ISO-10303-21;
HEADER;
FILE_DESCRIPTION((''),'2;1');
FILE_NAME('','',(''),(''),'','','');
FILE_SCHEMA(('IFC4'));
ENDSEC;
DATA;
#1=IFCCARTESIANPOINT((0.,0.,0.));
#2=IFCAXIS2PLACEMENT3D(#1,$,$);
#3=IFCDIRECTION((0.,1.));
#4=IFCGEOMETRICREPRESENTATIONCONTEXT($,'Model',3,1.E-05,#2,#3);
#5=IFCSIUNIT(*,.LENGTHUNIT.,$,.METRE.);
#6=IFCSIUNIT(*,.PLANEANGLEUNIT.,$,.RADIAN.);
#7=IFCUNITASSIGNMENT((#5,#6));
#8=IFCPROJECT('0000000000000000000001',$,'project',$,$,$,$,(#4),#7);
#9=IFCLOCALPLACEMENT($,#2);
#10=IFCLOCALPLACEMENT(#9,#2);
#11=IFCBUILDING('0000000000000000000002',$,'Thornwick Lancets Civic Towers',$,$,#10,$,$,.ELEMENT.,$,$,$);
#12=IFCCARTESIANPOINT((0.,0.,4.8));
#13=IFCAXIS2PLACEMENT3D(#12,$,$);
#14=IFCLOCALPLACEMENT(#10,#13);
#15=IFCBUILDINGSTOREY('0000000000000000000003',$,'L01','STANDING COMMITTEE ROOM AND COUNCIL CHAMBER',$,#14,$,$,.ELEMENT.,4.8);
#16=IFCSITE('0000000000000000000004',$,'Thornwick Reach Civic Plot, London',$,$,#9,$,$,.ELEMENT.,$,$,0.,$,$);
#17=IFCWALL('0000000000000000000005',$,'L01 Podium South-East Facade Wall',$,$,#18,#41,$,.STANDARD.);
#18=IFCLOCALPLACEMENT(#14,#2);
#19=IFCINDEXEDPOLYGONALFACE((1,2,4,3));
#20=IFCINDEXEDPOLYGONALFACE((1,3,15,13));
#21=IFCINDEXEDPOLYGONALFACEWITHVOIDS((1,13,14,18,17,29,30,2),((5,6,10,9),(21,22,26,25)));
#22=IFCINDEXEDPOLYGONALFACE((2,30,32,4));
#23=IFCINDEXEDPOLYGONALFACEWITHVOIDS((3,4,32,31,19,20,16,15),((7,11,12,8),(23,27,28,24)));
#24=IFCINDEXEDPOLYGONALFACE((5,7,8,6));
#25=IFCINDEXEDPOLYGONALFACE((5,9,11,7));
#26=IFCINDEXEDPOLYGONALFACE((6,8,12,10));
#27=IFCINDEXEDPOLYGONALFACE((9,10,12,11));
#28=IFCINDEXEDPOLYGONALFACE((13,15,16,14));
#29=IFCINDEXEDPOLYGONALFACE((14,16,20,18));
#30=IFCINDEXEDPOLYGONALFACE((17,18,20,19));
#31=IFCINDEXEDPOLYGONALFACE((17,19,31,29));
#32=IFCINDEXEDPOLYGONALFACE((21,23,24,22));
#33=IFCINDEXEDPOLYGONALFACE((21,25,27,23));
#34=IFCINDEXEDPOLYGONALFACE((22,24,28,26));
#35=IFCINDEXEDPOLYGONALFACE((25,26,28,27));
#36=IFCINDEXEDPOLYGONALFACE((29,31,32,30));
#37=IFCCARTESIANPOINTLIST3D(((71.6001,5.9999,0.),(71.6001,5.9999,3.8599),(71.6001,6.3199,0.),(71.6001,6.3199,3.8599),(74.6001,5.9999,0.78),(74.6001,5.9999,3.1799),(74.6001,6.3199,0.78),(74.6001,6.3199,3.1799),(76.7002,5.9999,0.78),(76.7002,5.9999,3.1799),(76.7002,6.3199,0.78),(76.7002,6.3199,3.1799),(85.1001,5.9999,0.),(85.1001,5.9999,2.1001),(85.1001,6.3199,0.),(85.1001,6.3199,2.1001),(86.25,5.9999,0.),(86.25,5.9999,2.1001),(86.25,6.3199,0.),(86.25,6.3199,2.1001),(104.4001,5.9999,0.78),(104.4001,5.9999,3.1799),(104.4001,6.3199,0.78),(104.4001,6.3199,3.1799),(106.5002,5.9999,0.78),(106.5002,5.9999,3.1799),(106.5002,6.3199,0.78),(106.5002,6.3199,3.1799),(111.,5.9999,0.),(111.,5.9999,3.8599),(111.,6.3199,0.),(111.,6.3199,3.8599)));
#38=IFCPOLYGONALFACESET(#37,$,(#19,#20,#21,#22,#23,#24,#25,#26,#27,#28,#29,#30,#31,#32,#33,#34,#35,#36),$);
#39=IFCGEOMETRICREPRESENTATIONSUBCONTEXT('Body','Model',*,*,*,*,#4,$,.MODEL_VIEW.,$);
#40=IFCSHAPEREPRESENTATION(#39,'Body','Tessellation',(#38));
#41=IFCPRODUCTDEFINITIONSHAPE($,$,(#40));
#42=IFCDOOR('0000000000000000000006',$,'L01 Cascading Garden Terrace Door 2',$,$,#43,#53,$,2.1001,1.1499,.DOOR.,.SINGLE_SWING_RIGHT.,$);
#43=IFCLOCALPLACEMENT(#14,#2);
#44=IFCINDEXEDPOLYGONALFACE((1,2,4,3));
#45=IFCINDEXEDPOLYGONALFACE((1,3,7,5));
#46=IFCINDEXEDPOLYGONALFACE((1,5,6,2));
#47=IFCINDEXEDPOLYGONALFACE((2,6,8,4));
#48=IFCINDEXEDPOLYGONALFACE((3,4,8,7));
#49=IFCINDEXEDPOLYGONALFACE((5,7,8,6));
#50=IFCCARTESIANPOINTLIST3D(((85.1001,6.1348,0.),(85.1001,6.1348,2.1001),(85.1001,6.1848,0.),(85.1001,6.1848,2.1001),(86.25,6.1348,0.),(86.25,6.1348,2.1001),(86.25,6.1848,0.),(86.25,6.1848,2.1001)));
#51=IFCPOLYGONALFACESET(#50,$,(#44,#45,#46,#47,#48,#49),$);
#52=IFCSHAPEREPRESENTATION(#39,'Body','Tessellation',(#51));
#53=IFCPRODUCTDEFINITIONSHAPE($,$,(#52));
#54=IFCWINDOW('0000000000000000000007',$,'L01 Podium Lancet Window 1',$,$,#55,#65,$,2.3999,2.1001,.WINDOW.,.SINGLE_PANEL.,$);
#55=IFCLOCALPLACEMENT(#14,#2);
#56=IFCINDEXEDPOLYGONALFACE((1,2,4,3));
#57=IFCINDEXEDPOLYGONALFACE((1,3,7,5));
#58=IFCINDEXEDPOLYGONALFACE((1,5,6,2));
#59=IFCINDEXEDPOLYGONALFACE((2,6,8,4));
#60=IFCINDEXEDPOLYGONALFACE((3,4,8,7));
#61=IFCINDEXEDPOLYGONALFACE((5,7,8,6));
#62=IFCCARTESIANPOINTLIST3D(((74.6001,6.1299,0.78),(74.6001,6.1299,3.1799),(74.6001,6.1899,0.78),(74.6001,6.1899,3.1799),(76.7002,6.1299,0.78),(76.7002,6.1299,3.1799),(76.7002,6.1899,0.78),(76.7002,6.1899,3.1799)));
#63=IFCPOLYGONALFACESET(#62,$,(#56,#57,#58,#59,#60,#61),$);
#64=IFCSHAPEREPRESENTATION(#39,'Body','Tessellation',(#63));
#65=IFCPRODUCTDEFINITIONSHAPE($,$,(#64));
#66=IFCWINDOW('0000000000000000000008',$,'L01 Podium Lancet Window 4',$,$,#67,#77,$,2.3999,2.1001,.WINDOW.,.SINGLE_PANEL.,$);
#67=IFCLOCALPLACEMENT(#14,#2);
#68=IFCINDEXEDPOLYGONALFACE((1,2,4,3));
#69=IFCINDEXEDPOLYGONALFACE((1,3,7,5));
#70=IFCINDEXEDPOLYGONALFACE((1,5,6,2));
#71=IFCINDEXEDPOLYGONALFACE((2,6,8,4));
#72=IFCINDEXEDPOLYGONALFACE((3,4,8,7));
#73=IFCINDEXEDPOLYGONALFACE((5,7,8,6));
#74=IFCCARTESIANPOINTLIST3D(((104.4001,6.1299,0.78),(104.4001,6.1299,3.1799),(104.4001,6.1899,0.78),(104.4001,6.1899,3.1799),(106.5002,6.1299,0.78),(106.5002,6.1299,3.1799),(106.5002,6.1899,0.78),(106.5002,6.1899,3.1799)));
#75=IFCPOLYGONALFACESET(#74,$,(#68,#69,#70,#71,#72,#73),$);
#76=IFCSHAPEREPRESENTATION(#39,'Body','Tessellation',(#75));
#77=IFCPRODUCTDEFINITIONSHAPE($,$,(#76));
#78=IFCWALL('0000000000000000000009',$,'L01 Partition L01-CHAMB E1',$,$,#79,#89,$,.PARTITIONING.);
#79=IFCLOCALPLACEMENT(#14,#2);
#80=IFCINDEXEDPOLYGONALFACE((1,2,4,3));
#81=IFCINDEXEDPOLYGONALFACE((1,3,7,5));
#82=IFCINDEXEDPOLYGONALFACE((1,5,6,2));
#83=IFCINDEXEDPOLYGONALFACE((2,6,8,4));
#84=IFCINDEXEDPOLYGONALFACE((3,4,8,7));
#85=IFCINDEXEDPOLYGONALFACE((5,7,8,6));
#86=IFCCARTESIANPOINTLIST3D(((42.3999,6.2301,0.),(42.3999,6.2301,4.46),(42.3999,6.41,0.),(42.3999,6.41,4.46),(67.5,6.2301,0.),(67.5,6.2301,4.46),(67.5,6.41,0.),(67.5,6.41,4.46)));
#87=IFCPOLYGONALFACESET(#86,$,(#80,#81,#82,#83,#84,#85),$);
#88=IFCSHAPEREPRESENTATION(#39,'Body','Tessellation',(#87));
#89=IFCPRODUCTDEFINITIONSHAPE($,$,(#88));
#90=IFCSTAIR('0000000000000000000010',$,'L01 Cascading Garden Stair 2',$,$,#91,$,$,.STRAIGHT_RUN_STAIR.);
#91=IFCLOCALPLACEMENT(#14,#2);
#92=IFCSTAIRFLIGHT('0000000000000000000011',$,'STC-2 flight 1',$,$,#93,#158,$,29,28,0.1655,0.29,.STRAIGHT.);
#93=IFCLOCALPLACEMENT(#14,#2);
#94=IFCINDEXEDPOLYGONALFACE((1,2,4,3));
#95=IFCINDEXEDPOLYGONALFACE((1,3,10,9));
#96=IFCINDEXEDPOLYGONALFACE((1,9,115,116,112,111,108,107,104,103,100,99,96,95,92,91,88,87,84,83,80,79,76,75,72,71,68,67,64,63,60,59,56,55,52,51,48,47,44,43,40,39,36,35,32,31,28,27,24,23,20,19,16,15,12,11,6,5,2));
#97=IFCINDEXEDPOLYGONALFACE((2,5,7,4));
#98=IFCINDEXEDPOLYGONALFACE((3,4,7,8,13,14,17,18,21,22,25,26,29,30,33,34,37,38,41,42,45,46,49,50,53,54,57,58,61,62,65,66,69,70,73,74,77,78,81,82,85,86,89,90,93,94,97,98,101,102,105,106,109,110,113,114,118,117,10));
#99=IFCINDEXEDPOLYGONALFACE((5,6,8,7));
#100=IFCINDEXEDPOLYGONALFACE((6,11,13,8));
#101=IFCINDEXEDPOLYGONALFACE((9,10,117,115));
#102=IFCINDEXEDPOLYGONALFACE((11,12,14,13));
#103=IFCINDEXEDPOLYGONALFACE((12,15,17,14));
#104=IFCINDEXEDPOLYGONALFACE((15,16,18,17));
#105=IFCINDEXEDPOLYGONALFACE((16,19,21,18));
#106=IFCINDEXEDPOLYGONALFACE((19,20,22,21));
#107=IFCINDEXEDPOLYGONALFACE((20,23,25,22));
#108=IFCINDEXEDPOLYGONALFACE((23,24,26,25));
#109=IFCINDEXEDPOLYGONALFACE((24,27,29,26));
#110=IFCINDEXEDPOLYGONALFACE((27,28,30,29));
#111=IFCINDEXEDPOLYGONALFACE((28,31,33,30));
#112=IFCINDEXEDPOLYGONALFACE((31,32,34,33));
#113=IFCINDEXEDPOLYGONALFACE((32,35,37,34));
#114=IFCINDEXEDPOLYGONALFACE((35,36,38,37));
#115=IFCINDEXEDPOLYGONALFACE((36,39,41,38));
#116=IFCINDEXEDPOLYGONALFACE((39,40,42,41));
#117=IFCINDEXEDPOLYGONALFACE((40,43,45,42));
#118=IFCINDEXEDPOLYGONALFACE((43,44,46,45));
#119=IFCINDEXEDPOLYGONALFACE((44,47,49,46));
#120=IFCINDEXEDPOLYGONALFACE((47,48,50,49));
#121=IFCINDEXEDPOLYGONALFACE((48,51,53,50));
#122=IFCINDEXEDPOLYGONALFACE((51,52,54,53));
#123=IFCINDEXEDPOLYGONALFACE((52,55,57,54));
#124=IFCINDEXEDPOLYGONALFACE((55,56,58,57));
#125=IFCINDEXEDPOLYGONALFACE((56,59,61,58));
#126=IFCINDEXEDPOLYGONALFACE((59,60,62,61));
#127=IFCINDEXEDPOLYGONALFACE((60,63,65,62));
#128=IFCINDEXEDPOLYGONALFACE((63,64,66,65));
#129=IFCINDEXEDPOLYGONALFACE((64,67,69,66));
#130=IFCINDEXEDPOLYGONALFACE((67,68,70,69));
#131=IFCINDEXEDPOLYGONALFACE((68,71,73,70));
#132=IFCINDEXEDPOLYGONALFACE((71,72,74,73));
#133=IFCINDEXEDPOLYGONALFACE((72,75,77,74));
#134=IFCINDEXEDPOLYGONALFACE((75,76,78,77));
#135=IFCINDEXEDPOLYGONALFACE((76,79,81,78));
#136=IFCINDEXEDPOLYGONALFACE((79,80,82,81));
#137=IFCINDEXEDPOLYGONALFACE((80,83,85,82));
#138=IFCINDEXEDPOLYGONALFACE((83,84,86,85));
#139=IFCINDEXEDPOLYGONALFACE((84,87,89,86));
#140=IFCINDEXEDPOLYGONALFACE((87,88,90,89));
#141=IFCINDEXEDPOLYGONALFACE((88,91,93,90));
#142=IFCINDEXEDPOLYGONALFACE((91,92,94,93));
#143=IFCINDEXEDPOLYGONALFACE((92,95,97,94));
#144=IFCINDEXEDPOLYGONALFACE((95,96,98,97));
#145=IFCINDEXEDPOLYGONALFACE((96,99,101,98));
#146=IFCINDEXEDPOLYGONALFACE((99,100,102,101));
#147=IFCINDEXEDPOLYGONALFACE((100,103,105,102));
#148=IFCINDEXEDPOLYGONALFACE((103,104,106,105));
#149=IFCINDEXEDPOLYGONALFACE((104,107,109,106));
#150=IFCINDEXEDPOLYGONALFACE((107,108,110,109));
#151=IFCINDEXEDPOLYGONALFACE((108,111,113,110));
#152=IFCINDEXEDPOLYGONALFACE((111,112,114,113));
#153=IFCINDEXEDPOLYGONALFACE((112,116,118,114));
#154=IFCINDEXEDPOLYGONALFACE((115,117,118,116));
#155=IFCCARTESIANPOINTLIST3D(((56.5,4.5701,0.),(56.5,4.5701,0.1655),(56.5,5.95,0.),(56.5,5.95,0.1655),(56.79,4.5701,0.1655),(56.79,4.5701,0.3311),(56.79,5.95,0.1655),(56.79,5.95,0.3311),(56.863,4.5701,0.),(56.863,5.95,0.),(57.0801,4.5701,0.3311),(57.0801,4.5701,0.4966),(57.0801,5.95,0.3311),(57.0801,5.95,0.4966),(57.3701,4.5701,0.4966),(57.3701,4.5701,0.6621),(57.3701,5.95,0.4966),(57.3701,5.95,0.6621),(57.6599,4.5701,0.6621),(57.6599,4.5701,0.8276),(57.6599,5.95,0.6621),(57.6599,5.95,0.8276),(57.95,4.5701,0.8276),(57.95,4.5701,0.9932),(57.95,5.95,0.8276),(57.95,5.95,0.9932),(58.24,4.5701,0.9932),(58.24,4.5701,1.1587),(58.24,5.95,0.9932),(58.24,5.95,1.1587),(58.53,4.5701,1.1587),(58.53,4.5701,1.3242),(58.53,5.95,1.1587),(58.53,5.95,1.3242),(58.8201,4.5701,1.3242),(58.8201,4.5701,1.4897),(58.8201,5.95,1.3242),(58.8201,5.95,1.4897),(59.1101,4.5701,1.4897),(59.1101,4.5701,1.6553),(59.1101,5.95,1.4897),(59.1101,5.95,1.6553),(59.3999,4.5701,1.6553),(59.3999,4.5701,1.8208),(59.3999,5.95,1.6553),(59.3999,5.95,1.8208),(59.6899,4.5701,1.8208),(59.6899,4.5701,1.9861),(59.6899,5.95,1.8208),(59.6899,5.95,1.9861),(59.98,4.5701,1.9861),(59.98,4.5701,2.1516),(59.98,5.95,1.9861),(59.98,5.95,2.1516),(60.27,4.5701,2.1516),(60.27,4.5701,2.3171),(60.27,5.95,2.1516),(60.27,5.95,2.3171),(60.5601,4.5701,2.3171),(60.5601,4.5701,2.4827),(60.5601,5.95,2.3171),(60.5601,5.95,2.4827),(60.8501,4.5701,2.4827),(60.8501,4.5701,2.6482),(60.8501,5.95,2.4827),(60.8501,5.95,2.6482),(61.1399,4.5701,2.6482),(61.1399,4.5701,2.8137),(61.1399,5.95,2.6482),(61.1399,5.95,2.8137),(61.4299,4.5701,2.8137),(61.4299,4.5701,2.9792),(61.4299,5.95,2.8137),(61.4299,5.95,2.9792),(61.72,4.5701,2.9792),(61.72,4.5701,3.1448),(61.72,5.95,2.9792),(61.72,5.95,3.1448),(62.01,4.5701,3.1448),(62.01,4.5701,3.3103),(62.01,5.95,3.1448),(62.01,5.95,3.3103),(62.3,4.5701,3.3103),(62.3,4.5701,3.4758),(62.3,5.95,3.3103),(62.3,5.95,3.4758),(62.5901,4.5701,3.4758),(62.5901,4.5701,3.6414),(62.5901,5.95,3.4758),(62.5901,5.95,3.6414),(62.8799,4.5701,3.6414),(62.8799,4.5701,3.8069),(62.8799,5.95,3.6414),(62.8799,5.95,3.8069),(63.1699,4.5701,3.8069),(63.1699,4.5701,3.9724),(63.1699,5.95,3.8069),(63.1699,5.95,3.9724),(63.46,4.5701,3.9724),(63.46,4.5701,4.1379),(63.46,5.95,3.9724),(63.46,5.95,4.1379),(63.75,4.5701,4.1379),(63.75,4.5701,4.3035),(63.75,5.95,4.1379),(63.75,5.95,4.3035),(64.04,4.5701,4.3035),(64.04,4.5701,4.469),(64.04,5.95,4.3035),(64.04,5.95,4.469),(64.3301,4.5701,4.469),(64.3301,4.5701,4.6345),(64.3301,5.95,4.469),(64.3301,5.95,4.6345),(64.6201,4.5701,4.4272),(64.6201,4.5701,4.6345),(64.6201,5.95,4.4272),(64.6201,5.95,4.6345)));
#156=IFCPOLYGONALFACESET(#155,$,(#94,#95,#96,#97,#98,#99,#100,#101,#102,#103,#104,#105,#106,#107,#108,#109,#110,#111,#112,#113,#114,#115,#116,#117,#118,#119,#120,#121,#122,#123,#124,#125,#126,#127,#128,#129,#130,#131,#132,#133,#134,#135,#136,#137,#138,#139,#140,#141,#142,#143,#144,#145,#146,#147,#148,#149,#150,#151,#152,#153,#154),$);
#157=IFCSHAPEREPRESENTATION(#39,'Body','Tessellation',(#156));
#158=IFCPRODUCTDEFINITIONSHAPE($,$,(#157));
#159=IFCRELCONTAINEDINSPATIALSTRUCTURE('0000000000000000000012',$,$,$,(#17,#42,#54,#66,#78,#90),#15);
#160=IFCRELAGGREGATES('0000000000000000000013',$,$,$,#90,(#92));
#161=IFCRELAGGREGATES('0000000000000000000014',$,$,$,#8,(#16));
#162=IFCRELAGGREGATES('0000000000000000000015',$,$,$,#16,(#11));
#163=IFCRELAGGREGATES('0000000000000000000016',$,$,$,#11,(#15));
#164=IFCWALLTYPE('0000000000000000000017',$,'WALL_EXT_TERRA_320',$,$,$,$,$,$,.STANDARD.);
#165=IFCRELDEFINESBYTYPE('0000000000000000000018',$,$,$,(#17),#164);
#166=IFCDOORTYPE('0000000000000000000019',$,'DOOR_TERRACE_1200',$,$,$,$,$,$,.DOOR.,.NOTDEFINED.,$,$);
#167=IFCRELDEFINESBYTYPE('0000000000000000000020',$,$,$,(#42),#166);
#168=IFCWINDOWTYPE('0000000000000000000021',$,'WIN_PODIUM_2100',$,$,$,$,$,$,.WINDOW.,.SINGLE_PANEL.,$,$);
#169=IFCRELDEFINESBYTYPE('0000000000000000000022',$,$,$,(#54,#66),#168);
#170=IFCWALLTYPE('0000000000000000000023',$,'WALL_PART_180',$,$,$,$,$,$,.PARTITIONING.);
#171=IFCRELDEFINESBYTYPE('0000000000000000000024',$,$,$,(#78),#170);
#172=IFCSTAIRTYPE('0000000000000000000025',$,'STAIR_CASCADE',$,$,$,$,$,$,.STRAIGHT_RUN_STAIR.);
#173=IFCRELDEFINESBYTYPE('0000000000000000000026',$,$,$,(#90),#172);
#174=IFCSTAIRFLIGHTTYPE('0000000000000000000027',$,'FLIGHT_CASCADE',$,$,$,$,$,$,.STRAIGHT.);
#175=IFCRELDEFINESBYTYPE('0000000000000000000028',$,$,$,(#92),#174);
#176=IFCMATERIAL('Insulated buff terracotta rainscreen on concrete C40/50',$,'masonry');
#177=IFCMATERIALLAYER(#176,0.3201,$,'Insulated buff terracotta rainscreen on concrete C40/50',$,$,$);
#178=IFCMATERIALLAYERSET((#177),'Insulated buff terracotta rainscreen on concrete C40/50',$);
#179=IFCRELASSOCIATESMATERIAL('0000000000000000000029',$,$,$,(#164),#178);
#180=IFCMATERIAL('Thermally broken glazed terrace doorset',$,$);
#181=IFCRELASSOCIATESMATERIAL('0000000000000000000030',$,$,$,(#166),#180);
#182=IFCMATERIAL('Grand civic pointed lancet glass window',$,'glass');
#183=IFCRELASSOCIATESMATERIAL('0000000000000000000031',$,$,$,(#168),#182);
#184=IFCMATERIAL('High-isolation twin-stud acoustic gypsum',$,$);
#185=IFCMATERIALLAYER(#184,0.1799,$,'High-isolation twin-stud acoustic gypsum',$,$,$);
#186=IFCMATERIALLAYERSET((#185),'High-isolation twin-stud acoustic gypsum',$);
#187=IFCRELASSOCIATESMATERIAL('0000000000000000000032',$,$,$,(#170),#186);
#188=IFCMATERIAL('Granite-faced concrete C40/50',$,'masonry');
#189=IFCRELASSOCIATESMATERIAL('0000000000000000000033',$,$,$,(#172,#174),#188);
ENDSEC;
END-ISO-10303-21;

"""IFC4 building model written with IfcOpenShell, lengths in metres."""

from ifc_helpers import new_model, si_unit, direction, frame, frame_2d, origin, place, context, subcontext, project, spatial, polyline, rectangle, outline, extrude, material, layer, layer_set, type_object, element, fill, aggregate, save


model = new_model("IFC4")

# Units and contexts
model_context = context("Model", 3, precision=1e-05, world=origin(), true_north=direction((0.0, 1.0)))
body_context = subcontext(model_context, "Body", "Model", "MODEL_VIEW")
ifc_project = project(units=[si_unit("LENGTHUNIT", "METRE"), si_unit("PLANEANGLEUNIT", "RADIAN")], contexts=[model_context])

# Site, building, storey
site_placement = place(None, origin())
site = spatial("IfcSite", under=ifc_project, at=site_placement, Name="Thornwick Reach Civic Plot, London", CompositionType="ELEMENT", RefElevation=0.0)
building_placement = place(site_placement, origin())
building = spatial("IfcBuilding", under=site, at=building_placement, Name="Thornwick Lancets Civic Towers", CompositionType="ELEMENT")
storey_placement = place(building_placement, frame((0.0, 0.0, 4.8)))
storey = spatial("IfcBuildingStorey", under=building, at=storey_placement, Name="L01", Description="STANDING COMMITTEE ROOM AND COUNCIL CHAMBER", CompositionType="ELEMENT", Elevation=4.8)

# Wall, openings, door, windows
ifc_material_1 = material(Name="Insulated buff terracotta rainscreen on concrete C40/50", Category="masonry")
ifc_layer_1 = layer(ifc_material_1, 0.3201, Name="Insulated buff terracotta rainscreen on concrete C40/50")
ifc_layer_set_1 = layer_set([ifc_layer_1], Name="Insulated buff terracotta rainscreen on concrete C40/50")
wall_type_1 = type_object("IfcWallType", Name="WALL_EXT_TERRA_320", PredefinedType="STANDARD", material=ifc_layer_set_1)
wall_1_placement = place(storey_placement, frame((71.6001, 6.1599, 0.0), z_axis=(0.0, 0.0, 1.0), x_axis=(1.0, 0.0, 0.0)))
wall_1 = element("IfcWall", 1, at=wall_1_placement, inside=storey, type_object=wall_type_1, Name="L01 Podium South-East Facade Wall", PredefinedType="STANDARD", context=body_context, shape_type="SweptSolid", body=[
    extrude(rectangle(XDim=39.3999, YDim=0.3201, at=frame_2d((19.7, 0.0))), origin(), (0.0, 0.0, 1.0), 3.8599),
])
opening_1_placement = place(wall_1_placement, frame((13.5, 0.0, 0.0)))
opening_1 = element("IfcOpeningElement", 2, at=opening_1_placement, cuts=wall_1, PredefinedType="OPENING", context=body_context, shape_type="SweptSolid", body=[
    extrude(rectangle(XDim=1.1499, YDim=2.1001, at=frame_2d((0.575, 1.05))), frame((0.0, 0.1699, 0.0), z_axis=(0.0, -1.0, 0.0), x_axis=(1.0, 0.0, 0.0)), (0.0, 0.0, 1.0), 0.3401),
])
opening_2_placement = place(wall_1_placement, frame((3.0, 0.0, 0.78)))
opening_2 = element("IfcOpeningElement", 3, at=opening_2_placement, cuts=wall_1, PredefinedType="OPENING", context=body_context, shape_type="SweptSolid", body=[
    extrude(rectangle(XDim=2.1001, YDim=2.3999, at=frame_2d((1.05, 1.2))), frame((0.0, 0.1699, 0.0), z_axis=(0.0, -1.0, 0.0), x_axis=(1.0, 0.0, 0.0)), (0.0, 0.0, 1.0), 0.3401),
])
opening_3_placement = place(wall_1_placement, frame((32.8, 0.0, 0.78)))
opening_3 = element("IfcOpeningElement", 4, at=opening_3_placement, cuts=wall_1, PredefinedType="OPENING", context=body_context, shape_type="SweptSolid", body=[
    extrude(rectangle(XDim=2.1001, YDim=2.3999, at=frame_2d((1.05, 1.2))), frame((0.0, 0.1699, 0.0), z_axis=(0.0, -1.0, 0.0), x_axis=(1.0, 0.0, 0.0)), (0.0, 0.0, 1.0), 0.3401),
])
ifc_material_2 = material(Name="Thermally broken glazed terrace doorset")
door_type = type_object("IfcDoorType", Name="DOOR_TERRACE_1200", OperationType="NOTDEFINED", PredefinedType="DOOR", material=ifc_material_2)
door_placement = place(opening_1_placement, origin())
door = element("IfcDoor", 5, at=door_placement, inside=storey, type_object=door_type, Name="L01 Cascading Garden Terrace Door 2", OperationType="SINGLE_SWING_RIGHT", OverallHeight=2.1001, OverallWidth=1.1499, PredefinedType="DOOR", context=body_context, shape_type="SweptSolid", body=[
    extrude(rectangle(XDim=1.1499, YDim=2.1001, at=frame_2d((0.575, 1.05))), frame((0.0, 0.0249, 0.0), z_axis=(0.0, -1.0, 0.0), x_axis=(1.0, 0.0, 0.0)), (0.0, 0.0, 1.0), 0.05),
])
fill(opening_1, door)
ifc_material_3 = material(Name="Grand civic pointed lancet glass window", Category="glass")
window_type = type_object("IfcWindowType", Name="WIN_PODIUM_2100", PartitioningType="SINGLE_PANEL", PredefinedType="WINDOW", material=ifc_material_3)
window_1_placement = place(opening_2_placement, origin())
window_1 = element("IfcWindow", 6, at=window_1_placement, inside=storey, type_object=window_type, Name="L01 Podium Lancet Window 1", OverallHeight=2.3999, OverallWidth=2.1001, PartitioningType="SINGLE_PANEL", PredefinedType="WINDOW", context=body_context, shape_type="SweptSolid", body=[
    extrude(rectangle(XDim=2.1001, YDim=2.3999, at=frame_2d((1.05, 1.2))), frame((0.0, 0.03, 0.0), z_axis=(0.0, -1.0, 0.0), x_axis=(1.0, 0.0, 0.0)), (0.0, 0.0, 1.0), 0.0601),
])
fill(opening_2, window_1)
window_2_placement = place(opening_3_placement, origin())
window_2 = element("IfcWindow", 7, at=window_2_placement, inside=storey, type_object=window_type, Name="L01 Podium Lancet Window 4", OverallHeight=2.3999, OverallWidth=2.1001, PartitioningType="SINGLE_PANEL", PredefinedType="WINDOW", context=body_context, shape_type="SweptSolid", body=[
    extrude(rectangle(XDim=2.1001, YDim=2.3999, at=frame_2d((1.05, 1.2))), frame((0.0, 0.03, 0.0), z_axis=(0.0, -1.0, 0.0), x_axis=(1.0, 0.0, 0.0)), (0.0, 0.0, 1.0), 0.0601),
])
fill(opening_3, window_2)

# Wall
ifc_material_4 = material(Name="High-isolation twin-stud acoustic gypsum")
ifc_layer_2 = layer(ifc_material_4, 0.1799, Name="High-isolation twin-stud acoustic gypsum")
ifc_layer_set_2 = layer_set([ifc_layer_2], Name="High-isolation twin-stud acoustic gypsum")
wall_type_2 = type_object("IfcWallType", Name="WALL_PART_180", PredefinedType="PARTITIONING", material=ifc_layer_set_2)
wall_2_placement = place(storey_placement, frame((67.5, 6.3201, 0.0), z_axis=(0.0, 0.0, 1.0), x_axis=(-1.0, 0.0, 0.0)))
element("IfcWall", 8, at=wall_2_placement, inside=storey, type_object=wall_type_2, Name="L01 Partition L01-CHAMB E1", PredefinedType="PARTITIONING", context=body_context, shape_type="SweptSolid", body=[
    extrude(rectangle(XDim=25.1001, YDim=0.1799, at=frame_2d((12.55, 0.0))), origin(), (0.0, 0.0, 1.0), 4.46),
])

# Stair, stair flight
ifc_material_5 = material(Name="Granite-faced concrete C40/50", Category="masonry")
stair_type = type_object("IfcStairType", Name="STAIR_CASCADE", PredefinedType="STRAIGHT_RUN_STAIR", material=ifc_material_5)
stair_placement = place(storey_placement, origin())
stair = element("IfcStair", 9, at=stair_placement, inside=storey, type_object=stair_type, Name="L01 Cascading Garden Stair 2", PredefinedType="STRAIGHT_RUN_STAIR")
stair_flight_type = type_object("IfcStairFlightType", Name="FLIGHT_CASCADE", PredefinedType="STRAIGHT", material=ifc_material_5)
stair_flight_placement = place(storey_placement, frame((56.5, 5.26, 0.0), z_axis=(0.0, 0.0, 1.0), x_axis=(1.0, 0.0, 0.0)))
stair_flight = element("IfcStairFlight", 10, at=stair_flight_placement, type_object=stair_flight_type, Name="STC-2 flight 1", NumberOfRisers=29, NumberOfTreads=28, PredefinedType="STRAIGHT", RiserHeight=0.1655, TreadLength=0.29, context=body_context, shape_type="SweptSolid", body=[
    extrude(outline(polyline([(0.0, 0.0), (0.0, 0.1655), (0.29, 0.1655), (0.29, 0.3311), (0.5801, 0.3311), (0.5801, 0.4966), (0.8701, 0.4966), (0.8701, 0.6621), (1.1599, 0.6621), (1.1599, 0.8276), (1.45, 0.8276), (1.45, 0.9932), (1.74, 0.9932), (1.74, 1.1587), (2.03, 1.1587), (2.03, 1.3242), (2.3201, 1.3242), (2.3201, 1.4897), (2.6101, 1.4897), (2.6101, 1.6553), (2.8999, 1.6553), (2.8999, 1.8208), (3.1899, 1.8208), (3.1899, 1.9861), (3.48, 1.9861), (3.48, 2.1516), (3.77, 2.1516), (3.77, 2.3171), (4.0601, 2.3171), (4.0601, 2.4827), (4.3501, 2.4827), (4.3501, 2.6482), (4.6399, 2.6482), (4.6399, 2.8137), (4.9299, 2.8137), (4.9299, 2.9792), (5.22, 2.9792), (5.22, 3.1448), (5.51, 3.1448), (5.51, 3.3103), (5.8, 3.3103), (5.8, 3.4758), (6.0901, 3.4758), (6.0901, 3.6414), (6.3799, 3.6414), (6.3799, 3.8069), (6.6699, 3.8069), (6.6699, 3.9724), (6.96, 3.9724), (6.96, 4.1379), (7.25, 4.1379), (7.25, 4.3035), (7.54, 4.3035), (7.54, 4.469), (7.8301, 4.469), (7.8301, 4.6345), (8.1201, 4.6345), (8.1201, 4.8), (8.1201, 4.4272), (0.363, 0.0), (0.0, 0.0)])), frame((0.0, 0.6899, 0.0), z_axis=(0.0, -1.0, 0.0), x_axis=(1.0, 0.0, 0.0)), (0.0, 0.0, 1.0), 1.3799),
])
aggregate(stair, [stair_flight])

save(model, "model.ifc")
